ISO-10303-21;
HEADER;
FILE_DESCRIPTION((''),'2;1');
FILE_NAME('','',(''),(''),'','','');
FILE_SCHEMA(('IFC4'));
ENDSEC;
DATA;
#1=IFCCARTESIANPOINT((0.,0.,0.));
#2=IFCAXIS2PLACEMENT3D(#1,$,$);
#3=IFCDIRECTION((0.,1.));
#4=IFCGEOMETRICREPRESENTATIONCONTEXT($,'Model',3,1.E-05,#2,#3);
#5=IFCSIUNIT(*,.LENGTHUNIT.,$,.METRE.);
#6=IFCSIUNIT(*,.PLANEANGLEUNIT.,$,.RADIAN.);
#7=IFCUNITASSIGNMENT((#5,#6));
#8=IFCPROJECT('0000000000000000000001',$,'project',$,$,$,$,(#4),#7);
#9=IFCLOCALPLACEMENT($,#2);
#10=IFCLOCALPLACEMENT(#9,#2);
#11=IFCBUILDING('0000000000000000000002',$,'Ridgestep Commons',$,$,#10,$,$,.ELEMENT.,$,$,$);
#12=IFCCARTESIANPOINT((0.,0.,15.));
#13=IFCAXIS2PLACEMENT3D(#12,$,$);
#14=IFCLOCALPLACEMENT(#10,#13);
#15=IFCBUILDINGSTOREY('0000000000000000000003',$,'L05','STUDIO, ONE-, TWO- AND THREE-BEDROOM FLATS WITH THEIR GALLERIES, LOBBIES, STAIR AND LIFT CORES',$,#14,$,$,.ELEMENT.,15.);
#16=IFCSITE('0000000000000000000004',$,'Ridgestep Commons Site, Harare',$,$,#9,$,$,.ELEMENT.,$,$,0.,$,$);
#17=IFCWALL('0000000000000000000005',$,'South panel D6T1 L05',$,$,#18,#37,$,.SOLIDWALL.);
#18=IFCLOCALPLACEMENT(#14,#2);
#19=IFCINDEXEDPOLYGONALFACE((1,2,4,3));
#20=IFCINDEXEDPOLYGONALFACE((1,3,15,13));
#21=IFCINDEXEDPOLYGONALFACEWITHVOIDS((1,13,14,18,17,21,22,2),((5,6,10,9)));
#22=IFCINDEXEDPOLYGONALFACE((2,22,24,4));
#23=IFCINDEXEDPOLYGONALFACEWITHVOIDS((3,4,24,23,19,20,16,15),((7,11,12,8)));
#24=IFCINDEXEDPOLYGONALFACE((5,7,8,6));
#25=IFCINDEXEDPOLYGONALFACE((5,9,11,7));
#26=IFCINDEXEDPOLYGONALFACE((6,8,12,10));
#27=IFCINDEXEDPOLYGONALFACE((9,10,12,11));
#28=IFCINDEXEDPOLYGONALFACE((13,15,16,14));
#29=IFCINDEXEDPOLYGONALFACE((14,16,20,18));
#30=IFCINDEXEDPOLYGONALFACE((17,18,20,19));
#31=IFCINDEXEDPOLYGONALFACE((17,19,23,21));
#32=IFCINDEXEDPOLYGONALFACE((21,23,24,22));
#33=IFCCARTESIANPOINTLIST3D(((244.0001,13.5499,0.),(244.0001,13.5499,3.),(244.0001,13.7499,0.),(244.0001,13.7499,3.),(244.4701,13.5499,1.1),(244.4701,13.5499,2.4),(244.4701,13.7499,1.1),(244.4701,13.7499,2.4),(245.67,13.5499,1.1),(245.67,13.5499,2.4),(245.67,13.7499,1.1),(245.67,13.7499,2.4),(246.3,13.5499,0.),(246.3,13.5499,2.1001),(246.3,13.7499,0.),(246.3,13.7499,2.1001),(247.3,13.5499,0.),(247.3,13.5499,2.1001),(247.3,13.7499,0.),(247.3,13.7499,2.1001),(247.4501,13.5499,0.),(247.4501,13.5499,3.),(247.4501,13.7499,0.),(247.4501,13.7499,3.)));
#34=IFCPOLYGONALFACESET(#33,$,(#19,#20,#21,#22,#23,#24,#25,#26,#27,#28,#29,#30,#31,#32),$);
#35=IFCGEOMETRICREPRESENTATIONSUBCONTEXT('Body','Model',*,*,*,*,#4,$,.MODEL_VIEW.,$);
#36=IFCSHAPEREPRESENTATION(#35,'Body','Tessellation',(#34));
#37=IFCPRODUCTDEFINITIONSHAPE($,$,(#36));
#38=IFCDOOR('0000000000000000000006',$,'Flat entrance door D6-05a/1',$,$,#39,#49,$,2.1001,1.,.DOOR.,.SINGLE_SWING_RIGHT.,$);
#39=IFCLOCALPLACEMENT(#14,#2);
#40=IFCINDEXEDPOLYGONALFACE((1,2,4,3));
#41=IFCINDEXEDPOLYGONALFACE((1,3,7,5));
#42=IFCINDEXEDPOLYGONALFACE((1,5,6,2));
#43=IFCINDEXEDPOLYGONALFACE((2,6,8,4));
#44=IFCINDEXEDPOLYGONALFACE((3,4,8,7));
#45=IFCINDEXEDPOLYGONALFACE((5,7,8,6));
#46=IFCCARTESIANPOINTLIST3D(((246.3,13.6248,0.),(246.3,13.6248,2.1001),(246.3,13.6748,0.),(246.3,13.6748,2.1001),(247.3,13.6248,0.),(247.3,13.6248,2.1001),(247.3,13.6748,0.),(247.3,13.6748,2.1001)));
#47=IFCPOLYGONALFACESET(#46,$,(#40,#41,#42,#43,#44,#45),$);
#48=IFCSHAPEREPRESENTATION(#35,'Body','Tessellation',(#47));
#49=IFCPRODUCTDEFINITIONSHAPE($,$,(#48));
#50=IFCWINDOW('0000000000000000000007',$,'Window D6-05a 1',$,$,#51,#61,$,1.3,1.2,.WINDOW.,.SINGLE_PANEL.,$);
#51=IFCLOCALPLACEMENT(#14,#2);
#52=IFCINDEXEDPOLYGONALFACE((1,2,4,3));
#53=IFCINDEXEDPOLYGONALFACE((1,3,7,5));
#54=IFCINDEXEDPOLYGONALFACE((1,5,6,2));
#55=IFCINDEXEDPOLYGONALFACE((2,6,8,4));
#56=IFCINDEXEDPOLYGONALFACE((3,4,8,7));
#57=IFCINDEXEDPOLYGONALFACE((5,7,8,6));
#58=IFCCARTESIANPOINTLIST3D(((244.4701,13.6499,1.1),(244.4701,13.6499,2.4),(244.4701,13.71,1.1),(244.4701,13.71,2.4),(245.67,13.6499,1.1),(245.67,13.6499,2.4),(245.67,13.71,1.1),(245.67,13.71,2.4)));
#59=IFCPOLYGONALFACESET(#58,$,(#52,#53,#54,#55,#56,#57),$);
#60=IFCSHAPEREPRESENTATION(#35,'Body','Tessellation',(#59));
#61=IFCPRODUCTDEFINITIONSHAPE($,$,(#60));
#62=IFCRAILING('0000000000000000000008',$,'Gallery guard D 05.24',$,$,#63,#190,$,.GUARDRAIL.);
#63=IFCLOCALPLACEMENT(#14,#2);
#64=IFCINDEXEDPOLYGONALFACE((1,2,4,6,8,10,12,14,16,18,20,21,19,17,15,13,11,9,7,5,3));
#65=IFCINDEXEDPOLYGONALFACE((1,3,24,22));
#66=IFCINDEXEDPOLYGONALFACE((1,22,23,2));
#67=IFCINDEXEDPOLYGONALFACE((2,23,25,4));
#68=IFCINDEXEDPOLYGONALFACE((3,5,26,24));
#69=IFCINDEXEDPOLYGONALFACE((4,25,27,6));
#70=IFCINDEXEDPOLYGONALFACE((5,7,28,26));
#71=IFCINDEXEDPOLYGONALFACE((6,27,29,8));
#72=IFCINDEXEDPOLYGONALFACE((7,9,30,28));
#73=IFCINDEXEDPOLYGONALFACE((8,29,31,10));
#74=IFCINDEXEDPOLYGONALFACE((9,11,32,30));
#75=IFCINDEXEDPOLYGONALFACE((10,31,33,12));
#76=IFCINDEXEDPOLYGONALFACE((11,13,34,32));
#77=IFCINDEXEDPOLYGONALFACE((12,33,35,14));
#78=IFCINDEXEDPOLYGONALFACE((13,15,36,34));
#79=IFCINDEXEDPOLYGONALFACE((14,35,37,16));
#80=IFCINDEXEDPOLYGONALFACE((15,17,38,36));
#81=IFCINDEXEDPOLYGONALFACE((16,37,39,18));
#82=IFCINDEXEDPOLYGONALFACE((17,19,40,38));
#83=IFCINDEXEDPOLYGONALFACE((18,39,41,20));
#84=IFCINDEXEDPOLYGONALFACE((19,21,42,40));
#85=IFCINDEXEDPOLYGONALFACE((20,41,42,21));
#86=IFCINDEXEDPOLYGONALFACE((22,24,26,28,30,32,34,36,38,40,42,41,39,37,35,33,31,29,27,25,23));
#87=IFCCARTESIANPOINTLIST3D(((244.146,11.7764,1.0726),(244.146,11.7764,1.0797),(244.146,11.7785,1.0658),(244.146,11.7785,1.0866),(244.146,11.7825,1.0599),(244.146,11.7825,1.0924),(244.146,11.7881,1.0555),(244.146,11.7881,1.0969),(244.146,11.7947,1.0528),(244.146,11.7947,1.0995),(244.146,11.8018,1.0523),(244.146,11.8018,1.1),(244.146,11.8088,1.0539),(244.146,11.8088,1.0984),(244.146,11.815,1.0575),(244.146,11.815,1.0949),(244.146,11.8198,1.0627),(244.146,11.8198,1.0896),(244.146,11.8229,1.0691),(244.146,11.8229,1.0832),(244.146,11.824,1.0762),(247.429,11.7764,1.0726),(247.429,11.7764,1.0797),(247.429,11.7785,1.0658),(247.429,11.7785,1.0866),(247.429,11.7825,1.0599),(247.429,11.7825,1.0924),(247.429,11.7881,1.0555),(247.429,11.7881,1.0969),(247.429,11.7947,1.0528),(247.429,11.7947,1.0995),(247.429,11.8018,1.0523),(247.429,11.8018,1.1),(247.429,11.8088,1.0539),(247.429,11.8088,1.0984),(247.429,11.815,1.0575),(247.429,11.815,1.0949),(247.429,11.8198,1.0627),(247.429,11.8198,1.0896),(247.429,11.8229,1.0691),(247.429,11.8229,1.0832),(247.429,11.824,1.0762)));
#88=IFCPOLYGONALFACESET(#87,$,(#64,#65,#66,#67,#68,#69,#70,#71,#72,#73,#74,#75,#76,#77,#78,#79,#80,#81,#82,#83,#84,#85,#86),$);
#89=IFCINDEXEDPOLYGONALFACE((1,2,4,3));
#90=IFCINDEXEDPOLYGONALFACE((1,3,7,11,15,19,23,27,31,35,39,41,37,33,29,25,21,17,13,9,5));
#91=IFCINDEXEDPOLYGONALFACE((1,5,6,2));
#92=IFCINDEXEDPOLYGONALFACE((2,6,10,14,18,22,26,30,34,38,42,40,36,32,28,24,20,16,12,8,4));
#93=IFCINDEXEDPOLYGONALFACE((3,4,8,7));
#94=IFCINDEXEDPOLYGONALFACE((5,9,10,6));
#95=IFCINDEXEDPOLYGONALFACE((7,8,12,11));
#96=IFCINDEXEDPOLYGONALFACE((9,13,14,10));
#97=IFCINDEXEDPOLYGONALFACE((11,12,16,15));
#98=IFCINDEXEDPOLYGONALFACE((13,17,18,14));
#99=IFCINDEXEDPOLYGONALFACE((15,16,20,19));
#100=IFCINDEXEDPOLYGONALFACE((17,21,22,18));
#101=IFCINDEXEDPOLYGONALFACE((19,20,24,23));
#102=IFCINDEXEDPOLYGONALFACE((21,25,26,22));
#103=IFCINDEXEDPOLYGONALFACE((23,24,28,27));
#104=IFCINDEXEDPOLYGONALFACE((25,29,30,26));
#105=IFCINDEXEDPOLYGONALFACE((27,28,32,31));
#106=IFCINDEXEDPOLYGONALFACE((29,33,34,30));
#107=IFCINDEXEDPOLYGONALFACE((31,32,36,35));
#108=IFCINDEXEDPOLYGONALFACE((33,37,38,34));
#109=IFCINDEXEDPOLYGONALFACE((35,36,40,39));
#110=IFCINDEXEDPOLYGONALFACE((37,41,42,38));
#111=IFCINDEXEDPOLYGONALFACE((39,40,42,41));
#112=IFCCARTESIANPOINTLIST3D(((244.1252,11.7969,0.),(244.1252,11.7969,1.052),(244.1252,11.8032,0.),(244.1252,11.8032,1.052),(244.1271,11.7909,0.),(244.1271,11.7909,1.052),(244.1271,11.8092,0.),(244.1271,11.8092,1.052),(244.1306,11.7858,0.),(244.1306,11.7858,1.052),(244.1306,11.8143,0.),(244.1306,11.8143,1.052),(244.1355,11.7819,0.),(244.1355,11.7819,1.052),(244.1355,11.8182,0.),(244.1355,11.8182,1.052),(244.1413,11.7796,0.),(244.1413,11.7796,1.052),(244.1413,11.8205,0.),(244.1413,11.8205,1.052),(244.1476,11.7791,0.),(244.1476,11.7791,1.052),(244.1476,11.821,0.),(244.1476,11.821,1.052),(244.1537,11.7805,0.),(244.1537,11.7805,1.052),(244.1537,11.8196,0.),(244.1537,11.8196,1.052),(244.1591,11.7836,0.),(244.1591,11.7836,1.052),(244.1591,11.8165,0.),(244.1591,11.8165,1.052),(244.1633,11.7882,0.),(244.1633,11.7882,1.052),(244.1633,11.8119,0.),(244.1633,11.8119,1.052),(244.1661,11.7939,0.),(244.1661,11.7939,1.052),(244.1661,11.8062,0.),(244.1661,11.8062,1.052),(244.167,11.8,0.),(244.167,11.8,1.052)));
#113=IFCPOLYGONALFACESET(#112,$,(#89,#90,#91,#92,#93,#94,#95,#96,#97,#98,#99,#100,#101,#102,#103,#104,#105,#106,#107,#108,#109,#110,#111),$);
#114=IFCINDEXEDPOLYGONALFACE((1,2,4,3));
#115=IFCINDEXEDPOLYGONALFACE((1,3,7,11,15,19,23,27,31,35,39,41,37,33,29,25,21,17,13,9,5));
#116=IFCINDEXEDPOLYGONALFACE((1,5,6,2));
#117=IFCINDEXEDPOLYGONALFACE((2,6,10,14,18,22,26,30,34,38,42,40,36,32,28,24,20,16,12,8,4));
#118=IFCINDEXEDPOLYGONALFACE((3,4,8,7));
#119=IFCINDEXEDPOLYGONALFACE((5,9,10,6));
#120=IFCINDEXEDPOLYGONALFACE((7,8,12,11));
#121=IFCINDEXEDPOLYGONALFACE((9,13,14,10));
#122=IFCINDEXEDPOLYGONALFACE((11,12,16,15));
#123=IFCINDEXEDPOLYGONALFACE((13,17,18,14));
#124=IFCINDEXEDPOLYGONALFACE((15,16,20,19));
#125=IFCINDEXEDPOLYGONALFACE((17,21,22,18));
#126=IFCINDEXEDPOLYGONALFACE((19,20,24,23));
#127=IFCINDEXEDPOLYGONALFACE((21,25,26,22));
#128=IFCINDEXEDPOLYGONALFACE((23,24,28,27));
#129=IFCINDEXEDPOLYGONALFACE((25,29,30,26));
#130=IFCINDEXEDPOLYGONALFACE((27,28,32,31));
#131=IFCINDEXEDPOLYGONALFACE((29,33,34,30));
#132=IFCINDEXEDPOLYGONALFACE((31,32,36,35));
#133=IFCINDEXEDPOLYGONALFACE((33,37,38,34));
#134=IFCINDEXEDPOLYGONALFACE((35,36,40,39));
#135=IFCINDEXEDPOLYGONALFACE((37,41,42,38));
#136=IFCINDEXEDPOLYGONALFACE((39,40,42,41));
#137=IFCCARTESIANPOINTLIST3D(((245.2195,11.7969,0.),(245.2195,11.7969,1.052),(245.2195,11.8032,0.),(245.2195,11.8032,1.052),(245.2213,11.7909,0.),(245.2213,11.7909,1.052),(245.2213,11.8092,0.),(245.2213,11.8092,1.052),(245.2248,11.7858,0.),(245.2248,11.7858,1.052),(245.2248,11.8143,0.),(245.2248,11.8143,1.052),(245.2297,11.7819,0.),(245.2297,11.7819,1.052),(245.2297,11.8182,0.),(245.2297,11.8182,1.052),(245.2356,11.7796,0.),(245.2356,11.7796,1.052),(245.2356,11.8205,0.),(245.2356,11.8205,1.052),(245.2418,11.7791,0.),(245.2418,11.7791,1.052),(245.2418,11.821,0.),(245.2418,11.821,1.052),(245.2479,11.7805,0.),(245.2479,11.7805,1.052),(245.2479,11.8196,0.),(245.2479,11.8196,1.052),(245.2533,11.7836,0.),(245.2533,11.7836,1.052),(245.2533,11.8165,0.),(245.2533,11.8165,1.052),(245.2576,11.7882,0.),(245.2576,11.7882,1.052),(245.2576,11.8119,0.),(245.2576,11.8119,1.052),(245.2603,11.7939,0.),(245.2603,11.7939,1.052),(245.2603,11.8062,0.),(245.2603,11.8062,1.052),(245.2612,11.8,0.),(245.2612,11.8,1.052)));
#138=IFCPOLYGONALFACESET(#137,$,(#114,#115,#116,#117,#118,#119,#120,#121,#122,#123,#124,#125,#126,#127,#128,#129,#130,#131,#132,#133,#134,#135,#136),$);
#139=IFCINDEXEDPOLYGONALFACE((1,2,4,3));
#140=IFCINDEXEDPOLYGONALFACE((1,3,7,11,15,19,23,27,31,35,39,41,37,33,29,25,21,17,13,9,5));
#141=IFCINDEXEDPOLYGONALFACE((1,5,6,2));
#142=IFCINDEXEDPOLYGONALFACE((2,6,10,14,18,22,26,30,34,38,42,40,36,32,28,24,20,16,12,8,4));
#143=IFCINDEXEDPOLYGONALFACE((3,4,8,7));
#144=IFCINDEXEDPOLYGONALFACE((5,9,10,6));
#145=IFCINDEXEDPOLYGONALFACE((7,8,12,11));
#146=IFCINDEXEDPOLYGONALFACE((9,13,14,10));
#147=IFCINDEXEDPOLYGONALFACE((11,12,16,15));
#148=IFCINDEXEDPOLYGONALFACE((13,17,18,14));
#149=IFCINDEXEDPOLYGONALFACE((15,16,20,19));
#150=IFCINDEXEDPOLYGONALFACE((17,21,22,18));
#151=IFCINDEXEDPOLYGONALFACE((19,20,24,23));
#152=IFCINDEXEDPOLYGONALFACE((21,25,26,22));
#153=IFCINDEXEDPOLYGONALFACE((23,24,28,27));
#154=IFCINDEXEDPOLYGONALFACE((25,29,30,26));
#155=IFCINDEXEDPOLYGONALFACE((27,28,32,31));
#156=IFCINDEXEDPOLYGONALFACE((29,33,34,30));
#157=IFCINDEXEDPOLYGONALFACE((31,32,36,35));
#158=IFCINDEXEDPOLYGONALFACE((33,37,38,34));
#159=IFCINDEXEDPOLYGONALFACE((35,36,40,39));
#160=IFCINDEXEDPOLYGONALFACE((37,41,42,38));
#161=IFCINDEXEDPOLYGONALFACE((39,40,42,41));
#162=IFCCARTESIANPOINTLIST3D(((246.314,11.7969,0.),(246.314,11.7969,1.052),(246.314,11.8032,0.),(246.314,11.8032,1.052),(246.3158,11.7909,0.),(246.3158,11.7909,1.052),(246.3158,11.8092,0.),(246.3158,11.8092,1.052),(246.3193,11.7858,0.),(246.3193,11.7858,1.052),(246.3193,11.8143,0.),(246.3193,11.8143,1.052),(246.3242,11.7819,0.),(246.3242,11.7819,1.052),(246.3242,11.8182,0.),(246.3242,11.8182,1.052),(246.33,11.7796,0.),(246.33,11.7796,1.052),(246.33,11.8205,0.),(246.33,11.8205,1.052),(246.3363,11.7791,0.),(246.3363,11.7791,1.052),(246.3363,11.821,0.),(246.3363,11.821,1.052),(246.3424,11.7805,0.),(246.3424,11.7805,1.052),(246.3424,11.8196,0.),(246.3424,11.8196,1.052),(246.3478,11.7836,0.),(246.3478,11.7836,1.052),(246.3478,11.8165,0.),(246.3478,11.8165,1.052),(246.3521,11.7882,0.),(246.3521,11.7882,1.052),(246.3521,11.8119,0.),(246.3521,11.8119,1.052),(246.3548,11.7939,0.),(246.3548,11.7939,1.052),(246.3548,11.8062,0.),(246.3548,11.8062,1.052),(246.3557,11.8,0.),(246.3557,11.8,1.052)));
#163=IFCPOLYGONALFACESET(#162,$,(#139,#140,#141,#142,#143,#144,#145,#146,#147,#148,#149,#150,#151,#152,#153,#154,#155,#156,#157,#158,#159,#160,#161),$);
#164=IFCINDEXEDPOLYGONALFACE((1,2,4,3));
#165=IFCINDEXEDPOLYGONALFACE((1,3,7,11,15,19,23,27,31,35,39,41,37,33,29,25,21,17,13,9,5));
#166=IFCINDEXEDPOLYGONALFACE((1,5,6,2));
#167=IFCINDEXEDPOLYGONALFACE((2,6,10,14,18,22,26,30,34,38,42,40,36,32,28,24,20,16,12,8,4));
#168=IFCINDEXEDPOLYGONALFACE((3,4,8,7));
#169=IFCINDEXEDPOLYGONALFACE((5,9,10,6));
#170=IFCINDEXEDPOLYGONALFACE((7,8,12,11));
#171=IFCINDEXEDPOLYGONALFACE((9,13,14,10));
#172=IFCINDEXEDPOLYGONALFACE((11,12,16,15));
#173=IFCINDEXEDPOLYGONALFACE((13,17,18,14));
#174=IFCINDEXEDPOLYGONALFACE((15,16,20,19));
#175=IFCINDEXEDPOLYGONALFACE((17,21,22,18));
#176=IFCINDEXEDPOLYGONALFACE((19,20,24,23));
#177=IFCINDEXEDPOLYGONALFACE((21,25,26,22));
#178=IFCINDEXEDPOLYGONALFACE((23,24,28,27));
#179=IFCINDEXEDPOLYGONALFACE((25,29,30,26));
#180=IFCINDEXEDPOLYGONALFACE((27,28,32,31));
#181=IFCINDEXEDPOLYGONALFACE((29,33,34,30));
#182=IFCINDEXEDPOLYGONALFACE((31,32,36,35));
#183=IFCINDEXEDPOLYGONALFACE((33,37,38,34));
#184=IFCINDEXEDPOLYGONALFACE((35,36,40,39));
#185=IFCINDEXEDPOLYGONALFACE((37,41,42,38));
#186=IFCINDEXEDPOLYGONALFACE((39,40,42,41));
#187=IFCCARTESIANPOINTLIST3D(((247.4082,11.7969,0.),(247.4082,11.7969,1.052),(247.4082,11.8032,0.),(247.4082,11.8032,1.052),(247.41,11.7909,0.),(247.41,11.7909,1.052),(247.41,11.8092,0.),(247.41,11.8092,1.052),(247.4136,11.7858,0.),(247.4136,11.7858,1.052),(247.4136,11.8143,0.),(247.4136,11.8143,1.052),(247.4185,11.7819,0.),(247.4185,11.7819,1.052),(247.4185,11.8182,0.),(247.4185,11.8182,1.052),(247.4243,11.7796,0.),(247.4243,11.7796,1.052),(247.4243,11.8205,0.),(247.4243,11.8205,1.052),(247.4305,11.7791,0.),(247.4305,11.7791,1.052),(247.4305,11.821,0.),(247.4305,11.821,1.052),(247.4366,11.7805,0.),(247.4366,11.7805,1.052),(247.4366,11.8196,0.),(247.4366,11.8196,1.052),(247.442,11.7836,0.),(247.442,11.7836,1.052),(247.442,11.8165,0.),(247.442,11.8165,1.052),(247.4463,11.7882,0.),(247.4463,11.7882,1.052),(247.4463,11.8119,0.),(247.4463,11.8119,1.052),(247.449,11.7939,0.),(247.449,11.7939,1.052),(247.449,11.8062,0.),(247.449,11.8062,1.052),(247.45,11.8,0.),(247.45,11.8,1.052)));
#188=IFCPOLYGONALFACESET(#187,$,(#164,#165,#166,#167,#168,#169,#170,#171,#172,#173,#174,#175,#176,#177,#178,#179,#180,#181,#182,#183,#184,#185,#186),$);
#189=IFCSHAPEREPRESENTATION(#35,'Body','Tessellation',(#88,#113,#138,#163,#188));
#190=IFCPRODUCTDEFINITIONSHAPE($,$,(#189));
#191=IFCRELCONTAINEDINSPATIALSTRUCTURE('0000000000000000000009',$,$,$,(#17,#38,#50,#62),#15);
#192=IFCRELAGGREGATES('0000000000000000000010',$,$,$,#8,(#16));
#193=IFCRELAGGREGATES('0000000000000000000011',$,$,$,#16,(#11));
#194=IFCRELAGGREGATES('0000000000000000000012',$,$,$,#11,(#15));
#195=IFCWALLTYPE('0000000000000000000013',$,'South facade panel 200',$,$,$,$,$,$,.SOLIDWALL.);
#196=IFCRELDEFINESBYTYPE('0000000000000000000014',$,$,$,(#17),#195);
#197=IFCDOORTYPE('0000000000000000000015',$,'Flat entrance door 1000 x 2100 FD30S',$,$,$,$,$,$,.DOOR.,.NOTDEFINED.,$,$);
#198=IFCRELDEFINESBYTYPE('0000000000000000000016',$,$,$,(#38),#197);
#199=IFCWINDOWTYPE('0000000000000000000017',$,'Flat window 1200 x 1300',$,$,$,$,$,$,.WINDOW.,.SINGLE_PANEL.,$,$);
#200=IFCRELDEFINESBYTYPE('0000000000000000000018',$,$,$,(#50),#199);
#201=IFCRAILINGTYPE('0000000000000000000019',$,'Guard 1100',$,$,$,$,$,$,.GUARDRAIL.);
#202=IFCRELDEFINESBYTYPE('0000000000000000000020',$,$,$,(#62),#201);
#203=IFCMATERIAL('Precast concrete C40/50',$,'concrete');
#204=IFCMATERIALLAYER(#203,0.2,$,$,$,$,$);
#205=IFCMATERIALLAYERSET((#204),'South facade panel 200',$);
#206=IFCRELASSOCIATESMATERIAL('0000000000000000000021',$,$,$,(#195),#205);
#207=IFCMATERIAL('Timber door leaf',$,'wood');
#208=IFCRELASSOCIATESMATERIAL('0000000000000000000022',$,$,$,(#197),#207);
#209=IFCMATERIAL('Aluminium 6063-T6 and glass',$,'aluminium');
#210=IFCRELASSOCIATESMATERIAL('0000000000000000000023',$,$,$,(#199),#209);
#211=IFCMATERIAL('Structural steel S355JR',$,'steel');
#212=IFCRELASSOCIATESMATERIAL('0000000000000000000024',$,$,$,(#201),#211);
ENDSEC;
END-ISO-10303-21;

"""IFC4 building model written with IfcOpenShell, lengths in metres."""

from ifc_helpers import new_model, si_unit, direction, frame, frame_2d, origin, origin_2d, place, context, subcontext, project, spatial, rectangle, circle, extrude, material, layer, layer_set, type_object, element, fill, save


model = new_model("IFC4")

# Units and contexts
model_context = context("Model", 3, precision=1e-05, world=origin(), true_north=direction((0.0, 1.0)))
body_context = subcontext(model_context, "Body", "Model", "MODEL_VIEW")
ifc_project = project(units=[si_unit("LENGTHUNIT", "METRE"), si_unit("PLANEANGLEUNIT", "RADIAN")], contexts=[model_context])

# Site, building, storey
site_placement = place(None, origin())
site = spatial("IfcSite", under=ifc_project, at=site_placement, Name="Ridgestep Commons Site, Harare", CompositionType="ELEMENT", RefElevation=0.0)
building_placement = place(site_placement, origin())
building = spatial("IfcBuilding", under=site, at=building_placement, Name="Ridgestep Commons", CompositionType="ELEMENT")
storey_placement = place(building_placement, frame((0.0, 0.0, 15.0)))
storey = spatial("IfcBuildingStorey", under=building, at=storey_placement, Name="L05", Description="STUDIO, ONE-, TWO- AND THREE-BEDROOM FLATS WITH THEIR GALLERIES, LOBBIES, STAIR AND LIFT CORES", CompositionType="ELEMENT", Elevation=15.0)

# Wall, openings, door, window
ifc_material_1 = material(Name="Precast concrete C40/50", Category="concrete")
ifc_layer_1 = layer(ifc_material_1, 0.2)
ifc_layer_set_1 = layer_set([ifc_layer_1], Name="South facade panel 200")
wall_type_1 = type_object("IfcWallType", Name="South facade panel 200", PredefinedType="SOLIDWALL", material=ifc_layer_set_1)
wall_1_placement = place(storey_placement, frame((244.0, 13.6499, 0.0), z_axis=(0.0, 0.0, 1.0), x_axis=(1.0, 0.0, 0.0)))
wall_1 = element("IfcWall", 1, at=wall_1_placement, inside=storey, type_object=wall_type_1, Name="South panel D6T1 L05", PredefinedType="SOLIDWALL", context=body_context, shape_type="SweptSolid", body=[
    extrude(rectangle(XDim=3.45, YDim=0.2, at=frame_2d((1.7251, 0.0))), origin(), (0.0, 0.0, 1.0), 3.0),
])
opening_1_placement = place(wall_1_placement, frame((0.47, 0.0, 1.1001)))
opening_1 = element("IfcOpeningElement", 2, at=opening_1_placement, cuts=wall_1, PredefinedType="OPENING", context=body_context, shape_type="SweptSolid", body=[
    extrude(rectangle(XDim=1.2, YDim=1.3, at=frame_2d((0.6001, 0.6499))), frame((0.0, 0.1099, 0.0), z_axis=(0.0, -1.0, 0.0), x_axis=(1.0, 0.0, 0.0)), (0.0, 0.0, 1.0), 0.22),
])
opening_2_placement = place(wall_1_placement, frame((2.3, 0.0, 0.0)))
opening_2 = element("IfcOpeningElement", 3, at=opening_2_placement, cuts=wall_1, PredefinedType="OPENING", context=body_context, shape_type="SweptSolid", body=[
    extrude(rectangle(XDim=1.0, YDim=2.1001, at=frame_2d((0.5, 1.05))), frame((0.0, 0.1099, 0.0), z_axis=(0.0, -1.0, 0.0), x_axis=(1.0, 0.0, 0.0)), (0.0, 0.0, 1.0), 0.22),
])
ifc_material_2 = material(Name="Timber door leaf", Category="wood")
door_type_1 = type_object("IfcDoorType", Name="Flat entrance door 1000 x 2100 FD30S", OperationType="NOTDEFINED", PredefinedType="DOOR", material=ifc_material_2)
door_1_placement = place(opening_2_placement, origin())
door_1 = element("IfcDoor", 4, at=door_1_placement, inside=storey, type_object=door_type_1, Name="Flat entrance door D6-05a/1", OperationType="SINGLE_SWING_RIGHT", OverallHeight=2.1001, OverallWidth=1.0, PredefinedType="DOOR", context=body_context, shape_type="SweptSolid", body=[
    extrude(rectangle(XDim=1.0, YDim=2.1001, at=frame_2d((0.5, 1.05))), frame((0.0, 0.0249, 0.0), z_axis=(0.0, -1.0, 0.0), x_axis=(1.0, 0.0, 0.0)), (0.0, 0.0, 1.0), 0.05),
])
fill(opening_2, door_1)
ifc_material_3 = material(Name="Aluminium 6063-T6 and glass", Category="aluminium")
window_type_1 = type_object("IfcWindowType", Name="Flat window 1200 x 1300", PartitioningType="SINGLE_PANEL", PredefinedType="WINDOW", material=ifc_material_3)
window_1_placement = place(opening_1_placement, origin())
window_1 = element("IfcWindow", 5, at=window_1_placement, inside=storey, type_object=window_type_1, Name="Window D6-05a 1", OverallHeight=1.3, OverallWidth=1.2, PartitioningType="SINGLE_PANEL", PredefinedType="WINDOW", context=body_context, shape_type="SweptSolid", body=[
    extrude(rectangle(XDim=1.2, YDim=1.3, at=frame_2d((0.6001, 0.6499))), frame((0.0, 0.0601, 0.0), z_axis=(0.0, -1.0, 0.0), x_axis=(1.0, 0.0, 0.0)), (0.0, 0.0, 1.0), 0.0601),
])
fill(opening_1, window_1)

# Railing
ifc_material_4 = material(Name="Structural steel S355JR", Category="steel")
railing_type = type_object("IfcRailingType", Name="Guard 1100", PredefinedType="GUARDRAIL", material=ifc_material_4)
railing_placement = place(storey_placement, frame((244.146, 11.8, 0.0)))
element("IfcRailing", 6, at=railing_placement, inside=storey, type_object=railing_type, Name="Gallery guard D 05.24", PredefinedType="GUARDRAIL", context=body_context, shape_type="SweptSolid", body=[
    extrude(circle(Radius=0.0239, at=origin_2d()), frame((0.0, 0.0, 1.0762), z_axis=(1.0, 0.0, 0.0), x_axis=(0.0, 1.0, 0.0)), (0.0, 0.0, 1.0), 3.283),
    extrude(circle(Radius=0.021, at=origin_2d()), origin(), (0.0, 0.0, 1.0), 1.052),
    extrude(circle(Radius=0.021, at=origin_2d()), frame((1.0942, 0.0, 0.0)), (0.0, 0.0, 1.0), 1.052),
    extrude(circle(Radius=0.021, at=origin_2d()), frame((2.1887, 0.0, 0.0)), (0.0, 0.0, 1.0), 1.052),
    extrude(circle(Radius=0.021, at=origin_2d()), frame((3.283, 0.0, 0.0)), (0.0, 0.0, 1.0), 1.052),
])

save(model, "model.ifc")
